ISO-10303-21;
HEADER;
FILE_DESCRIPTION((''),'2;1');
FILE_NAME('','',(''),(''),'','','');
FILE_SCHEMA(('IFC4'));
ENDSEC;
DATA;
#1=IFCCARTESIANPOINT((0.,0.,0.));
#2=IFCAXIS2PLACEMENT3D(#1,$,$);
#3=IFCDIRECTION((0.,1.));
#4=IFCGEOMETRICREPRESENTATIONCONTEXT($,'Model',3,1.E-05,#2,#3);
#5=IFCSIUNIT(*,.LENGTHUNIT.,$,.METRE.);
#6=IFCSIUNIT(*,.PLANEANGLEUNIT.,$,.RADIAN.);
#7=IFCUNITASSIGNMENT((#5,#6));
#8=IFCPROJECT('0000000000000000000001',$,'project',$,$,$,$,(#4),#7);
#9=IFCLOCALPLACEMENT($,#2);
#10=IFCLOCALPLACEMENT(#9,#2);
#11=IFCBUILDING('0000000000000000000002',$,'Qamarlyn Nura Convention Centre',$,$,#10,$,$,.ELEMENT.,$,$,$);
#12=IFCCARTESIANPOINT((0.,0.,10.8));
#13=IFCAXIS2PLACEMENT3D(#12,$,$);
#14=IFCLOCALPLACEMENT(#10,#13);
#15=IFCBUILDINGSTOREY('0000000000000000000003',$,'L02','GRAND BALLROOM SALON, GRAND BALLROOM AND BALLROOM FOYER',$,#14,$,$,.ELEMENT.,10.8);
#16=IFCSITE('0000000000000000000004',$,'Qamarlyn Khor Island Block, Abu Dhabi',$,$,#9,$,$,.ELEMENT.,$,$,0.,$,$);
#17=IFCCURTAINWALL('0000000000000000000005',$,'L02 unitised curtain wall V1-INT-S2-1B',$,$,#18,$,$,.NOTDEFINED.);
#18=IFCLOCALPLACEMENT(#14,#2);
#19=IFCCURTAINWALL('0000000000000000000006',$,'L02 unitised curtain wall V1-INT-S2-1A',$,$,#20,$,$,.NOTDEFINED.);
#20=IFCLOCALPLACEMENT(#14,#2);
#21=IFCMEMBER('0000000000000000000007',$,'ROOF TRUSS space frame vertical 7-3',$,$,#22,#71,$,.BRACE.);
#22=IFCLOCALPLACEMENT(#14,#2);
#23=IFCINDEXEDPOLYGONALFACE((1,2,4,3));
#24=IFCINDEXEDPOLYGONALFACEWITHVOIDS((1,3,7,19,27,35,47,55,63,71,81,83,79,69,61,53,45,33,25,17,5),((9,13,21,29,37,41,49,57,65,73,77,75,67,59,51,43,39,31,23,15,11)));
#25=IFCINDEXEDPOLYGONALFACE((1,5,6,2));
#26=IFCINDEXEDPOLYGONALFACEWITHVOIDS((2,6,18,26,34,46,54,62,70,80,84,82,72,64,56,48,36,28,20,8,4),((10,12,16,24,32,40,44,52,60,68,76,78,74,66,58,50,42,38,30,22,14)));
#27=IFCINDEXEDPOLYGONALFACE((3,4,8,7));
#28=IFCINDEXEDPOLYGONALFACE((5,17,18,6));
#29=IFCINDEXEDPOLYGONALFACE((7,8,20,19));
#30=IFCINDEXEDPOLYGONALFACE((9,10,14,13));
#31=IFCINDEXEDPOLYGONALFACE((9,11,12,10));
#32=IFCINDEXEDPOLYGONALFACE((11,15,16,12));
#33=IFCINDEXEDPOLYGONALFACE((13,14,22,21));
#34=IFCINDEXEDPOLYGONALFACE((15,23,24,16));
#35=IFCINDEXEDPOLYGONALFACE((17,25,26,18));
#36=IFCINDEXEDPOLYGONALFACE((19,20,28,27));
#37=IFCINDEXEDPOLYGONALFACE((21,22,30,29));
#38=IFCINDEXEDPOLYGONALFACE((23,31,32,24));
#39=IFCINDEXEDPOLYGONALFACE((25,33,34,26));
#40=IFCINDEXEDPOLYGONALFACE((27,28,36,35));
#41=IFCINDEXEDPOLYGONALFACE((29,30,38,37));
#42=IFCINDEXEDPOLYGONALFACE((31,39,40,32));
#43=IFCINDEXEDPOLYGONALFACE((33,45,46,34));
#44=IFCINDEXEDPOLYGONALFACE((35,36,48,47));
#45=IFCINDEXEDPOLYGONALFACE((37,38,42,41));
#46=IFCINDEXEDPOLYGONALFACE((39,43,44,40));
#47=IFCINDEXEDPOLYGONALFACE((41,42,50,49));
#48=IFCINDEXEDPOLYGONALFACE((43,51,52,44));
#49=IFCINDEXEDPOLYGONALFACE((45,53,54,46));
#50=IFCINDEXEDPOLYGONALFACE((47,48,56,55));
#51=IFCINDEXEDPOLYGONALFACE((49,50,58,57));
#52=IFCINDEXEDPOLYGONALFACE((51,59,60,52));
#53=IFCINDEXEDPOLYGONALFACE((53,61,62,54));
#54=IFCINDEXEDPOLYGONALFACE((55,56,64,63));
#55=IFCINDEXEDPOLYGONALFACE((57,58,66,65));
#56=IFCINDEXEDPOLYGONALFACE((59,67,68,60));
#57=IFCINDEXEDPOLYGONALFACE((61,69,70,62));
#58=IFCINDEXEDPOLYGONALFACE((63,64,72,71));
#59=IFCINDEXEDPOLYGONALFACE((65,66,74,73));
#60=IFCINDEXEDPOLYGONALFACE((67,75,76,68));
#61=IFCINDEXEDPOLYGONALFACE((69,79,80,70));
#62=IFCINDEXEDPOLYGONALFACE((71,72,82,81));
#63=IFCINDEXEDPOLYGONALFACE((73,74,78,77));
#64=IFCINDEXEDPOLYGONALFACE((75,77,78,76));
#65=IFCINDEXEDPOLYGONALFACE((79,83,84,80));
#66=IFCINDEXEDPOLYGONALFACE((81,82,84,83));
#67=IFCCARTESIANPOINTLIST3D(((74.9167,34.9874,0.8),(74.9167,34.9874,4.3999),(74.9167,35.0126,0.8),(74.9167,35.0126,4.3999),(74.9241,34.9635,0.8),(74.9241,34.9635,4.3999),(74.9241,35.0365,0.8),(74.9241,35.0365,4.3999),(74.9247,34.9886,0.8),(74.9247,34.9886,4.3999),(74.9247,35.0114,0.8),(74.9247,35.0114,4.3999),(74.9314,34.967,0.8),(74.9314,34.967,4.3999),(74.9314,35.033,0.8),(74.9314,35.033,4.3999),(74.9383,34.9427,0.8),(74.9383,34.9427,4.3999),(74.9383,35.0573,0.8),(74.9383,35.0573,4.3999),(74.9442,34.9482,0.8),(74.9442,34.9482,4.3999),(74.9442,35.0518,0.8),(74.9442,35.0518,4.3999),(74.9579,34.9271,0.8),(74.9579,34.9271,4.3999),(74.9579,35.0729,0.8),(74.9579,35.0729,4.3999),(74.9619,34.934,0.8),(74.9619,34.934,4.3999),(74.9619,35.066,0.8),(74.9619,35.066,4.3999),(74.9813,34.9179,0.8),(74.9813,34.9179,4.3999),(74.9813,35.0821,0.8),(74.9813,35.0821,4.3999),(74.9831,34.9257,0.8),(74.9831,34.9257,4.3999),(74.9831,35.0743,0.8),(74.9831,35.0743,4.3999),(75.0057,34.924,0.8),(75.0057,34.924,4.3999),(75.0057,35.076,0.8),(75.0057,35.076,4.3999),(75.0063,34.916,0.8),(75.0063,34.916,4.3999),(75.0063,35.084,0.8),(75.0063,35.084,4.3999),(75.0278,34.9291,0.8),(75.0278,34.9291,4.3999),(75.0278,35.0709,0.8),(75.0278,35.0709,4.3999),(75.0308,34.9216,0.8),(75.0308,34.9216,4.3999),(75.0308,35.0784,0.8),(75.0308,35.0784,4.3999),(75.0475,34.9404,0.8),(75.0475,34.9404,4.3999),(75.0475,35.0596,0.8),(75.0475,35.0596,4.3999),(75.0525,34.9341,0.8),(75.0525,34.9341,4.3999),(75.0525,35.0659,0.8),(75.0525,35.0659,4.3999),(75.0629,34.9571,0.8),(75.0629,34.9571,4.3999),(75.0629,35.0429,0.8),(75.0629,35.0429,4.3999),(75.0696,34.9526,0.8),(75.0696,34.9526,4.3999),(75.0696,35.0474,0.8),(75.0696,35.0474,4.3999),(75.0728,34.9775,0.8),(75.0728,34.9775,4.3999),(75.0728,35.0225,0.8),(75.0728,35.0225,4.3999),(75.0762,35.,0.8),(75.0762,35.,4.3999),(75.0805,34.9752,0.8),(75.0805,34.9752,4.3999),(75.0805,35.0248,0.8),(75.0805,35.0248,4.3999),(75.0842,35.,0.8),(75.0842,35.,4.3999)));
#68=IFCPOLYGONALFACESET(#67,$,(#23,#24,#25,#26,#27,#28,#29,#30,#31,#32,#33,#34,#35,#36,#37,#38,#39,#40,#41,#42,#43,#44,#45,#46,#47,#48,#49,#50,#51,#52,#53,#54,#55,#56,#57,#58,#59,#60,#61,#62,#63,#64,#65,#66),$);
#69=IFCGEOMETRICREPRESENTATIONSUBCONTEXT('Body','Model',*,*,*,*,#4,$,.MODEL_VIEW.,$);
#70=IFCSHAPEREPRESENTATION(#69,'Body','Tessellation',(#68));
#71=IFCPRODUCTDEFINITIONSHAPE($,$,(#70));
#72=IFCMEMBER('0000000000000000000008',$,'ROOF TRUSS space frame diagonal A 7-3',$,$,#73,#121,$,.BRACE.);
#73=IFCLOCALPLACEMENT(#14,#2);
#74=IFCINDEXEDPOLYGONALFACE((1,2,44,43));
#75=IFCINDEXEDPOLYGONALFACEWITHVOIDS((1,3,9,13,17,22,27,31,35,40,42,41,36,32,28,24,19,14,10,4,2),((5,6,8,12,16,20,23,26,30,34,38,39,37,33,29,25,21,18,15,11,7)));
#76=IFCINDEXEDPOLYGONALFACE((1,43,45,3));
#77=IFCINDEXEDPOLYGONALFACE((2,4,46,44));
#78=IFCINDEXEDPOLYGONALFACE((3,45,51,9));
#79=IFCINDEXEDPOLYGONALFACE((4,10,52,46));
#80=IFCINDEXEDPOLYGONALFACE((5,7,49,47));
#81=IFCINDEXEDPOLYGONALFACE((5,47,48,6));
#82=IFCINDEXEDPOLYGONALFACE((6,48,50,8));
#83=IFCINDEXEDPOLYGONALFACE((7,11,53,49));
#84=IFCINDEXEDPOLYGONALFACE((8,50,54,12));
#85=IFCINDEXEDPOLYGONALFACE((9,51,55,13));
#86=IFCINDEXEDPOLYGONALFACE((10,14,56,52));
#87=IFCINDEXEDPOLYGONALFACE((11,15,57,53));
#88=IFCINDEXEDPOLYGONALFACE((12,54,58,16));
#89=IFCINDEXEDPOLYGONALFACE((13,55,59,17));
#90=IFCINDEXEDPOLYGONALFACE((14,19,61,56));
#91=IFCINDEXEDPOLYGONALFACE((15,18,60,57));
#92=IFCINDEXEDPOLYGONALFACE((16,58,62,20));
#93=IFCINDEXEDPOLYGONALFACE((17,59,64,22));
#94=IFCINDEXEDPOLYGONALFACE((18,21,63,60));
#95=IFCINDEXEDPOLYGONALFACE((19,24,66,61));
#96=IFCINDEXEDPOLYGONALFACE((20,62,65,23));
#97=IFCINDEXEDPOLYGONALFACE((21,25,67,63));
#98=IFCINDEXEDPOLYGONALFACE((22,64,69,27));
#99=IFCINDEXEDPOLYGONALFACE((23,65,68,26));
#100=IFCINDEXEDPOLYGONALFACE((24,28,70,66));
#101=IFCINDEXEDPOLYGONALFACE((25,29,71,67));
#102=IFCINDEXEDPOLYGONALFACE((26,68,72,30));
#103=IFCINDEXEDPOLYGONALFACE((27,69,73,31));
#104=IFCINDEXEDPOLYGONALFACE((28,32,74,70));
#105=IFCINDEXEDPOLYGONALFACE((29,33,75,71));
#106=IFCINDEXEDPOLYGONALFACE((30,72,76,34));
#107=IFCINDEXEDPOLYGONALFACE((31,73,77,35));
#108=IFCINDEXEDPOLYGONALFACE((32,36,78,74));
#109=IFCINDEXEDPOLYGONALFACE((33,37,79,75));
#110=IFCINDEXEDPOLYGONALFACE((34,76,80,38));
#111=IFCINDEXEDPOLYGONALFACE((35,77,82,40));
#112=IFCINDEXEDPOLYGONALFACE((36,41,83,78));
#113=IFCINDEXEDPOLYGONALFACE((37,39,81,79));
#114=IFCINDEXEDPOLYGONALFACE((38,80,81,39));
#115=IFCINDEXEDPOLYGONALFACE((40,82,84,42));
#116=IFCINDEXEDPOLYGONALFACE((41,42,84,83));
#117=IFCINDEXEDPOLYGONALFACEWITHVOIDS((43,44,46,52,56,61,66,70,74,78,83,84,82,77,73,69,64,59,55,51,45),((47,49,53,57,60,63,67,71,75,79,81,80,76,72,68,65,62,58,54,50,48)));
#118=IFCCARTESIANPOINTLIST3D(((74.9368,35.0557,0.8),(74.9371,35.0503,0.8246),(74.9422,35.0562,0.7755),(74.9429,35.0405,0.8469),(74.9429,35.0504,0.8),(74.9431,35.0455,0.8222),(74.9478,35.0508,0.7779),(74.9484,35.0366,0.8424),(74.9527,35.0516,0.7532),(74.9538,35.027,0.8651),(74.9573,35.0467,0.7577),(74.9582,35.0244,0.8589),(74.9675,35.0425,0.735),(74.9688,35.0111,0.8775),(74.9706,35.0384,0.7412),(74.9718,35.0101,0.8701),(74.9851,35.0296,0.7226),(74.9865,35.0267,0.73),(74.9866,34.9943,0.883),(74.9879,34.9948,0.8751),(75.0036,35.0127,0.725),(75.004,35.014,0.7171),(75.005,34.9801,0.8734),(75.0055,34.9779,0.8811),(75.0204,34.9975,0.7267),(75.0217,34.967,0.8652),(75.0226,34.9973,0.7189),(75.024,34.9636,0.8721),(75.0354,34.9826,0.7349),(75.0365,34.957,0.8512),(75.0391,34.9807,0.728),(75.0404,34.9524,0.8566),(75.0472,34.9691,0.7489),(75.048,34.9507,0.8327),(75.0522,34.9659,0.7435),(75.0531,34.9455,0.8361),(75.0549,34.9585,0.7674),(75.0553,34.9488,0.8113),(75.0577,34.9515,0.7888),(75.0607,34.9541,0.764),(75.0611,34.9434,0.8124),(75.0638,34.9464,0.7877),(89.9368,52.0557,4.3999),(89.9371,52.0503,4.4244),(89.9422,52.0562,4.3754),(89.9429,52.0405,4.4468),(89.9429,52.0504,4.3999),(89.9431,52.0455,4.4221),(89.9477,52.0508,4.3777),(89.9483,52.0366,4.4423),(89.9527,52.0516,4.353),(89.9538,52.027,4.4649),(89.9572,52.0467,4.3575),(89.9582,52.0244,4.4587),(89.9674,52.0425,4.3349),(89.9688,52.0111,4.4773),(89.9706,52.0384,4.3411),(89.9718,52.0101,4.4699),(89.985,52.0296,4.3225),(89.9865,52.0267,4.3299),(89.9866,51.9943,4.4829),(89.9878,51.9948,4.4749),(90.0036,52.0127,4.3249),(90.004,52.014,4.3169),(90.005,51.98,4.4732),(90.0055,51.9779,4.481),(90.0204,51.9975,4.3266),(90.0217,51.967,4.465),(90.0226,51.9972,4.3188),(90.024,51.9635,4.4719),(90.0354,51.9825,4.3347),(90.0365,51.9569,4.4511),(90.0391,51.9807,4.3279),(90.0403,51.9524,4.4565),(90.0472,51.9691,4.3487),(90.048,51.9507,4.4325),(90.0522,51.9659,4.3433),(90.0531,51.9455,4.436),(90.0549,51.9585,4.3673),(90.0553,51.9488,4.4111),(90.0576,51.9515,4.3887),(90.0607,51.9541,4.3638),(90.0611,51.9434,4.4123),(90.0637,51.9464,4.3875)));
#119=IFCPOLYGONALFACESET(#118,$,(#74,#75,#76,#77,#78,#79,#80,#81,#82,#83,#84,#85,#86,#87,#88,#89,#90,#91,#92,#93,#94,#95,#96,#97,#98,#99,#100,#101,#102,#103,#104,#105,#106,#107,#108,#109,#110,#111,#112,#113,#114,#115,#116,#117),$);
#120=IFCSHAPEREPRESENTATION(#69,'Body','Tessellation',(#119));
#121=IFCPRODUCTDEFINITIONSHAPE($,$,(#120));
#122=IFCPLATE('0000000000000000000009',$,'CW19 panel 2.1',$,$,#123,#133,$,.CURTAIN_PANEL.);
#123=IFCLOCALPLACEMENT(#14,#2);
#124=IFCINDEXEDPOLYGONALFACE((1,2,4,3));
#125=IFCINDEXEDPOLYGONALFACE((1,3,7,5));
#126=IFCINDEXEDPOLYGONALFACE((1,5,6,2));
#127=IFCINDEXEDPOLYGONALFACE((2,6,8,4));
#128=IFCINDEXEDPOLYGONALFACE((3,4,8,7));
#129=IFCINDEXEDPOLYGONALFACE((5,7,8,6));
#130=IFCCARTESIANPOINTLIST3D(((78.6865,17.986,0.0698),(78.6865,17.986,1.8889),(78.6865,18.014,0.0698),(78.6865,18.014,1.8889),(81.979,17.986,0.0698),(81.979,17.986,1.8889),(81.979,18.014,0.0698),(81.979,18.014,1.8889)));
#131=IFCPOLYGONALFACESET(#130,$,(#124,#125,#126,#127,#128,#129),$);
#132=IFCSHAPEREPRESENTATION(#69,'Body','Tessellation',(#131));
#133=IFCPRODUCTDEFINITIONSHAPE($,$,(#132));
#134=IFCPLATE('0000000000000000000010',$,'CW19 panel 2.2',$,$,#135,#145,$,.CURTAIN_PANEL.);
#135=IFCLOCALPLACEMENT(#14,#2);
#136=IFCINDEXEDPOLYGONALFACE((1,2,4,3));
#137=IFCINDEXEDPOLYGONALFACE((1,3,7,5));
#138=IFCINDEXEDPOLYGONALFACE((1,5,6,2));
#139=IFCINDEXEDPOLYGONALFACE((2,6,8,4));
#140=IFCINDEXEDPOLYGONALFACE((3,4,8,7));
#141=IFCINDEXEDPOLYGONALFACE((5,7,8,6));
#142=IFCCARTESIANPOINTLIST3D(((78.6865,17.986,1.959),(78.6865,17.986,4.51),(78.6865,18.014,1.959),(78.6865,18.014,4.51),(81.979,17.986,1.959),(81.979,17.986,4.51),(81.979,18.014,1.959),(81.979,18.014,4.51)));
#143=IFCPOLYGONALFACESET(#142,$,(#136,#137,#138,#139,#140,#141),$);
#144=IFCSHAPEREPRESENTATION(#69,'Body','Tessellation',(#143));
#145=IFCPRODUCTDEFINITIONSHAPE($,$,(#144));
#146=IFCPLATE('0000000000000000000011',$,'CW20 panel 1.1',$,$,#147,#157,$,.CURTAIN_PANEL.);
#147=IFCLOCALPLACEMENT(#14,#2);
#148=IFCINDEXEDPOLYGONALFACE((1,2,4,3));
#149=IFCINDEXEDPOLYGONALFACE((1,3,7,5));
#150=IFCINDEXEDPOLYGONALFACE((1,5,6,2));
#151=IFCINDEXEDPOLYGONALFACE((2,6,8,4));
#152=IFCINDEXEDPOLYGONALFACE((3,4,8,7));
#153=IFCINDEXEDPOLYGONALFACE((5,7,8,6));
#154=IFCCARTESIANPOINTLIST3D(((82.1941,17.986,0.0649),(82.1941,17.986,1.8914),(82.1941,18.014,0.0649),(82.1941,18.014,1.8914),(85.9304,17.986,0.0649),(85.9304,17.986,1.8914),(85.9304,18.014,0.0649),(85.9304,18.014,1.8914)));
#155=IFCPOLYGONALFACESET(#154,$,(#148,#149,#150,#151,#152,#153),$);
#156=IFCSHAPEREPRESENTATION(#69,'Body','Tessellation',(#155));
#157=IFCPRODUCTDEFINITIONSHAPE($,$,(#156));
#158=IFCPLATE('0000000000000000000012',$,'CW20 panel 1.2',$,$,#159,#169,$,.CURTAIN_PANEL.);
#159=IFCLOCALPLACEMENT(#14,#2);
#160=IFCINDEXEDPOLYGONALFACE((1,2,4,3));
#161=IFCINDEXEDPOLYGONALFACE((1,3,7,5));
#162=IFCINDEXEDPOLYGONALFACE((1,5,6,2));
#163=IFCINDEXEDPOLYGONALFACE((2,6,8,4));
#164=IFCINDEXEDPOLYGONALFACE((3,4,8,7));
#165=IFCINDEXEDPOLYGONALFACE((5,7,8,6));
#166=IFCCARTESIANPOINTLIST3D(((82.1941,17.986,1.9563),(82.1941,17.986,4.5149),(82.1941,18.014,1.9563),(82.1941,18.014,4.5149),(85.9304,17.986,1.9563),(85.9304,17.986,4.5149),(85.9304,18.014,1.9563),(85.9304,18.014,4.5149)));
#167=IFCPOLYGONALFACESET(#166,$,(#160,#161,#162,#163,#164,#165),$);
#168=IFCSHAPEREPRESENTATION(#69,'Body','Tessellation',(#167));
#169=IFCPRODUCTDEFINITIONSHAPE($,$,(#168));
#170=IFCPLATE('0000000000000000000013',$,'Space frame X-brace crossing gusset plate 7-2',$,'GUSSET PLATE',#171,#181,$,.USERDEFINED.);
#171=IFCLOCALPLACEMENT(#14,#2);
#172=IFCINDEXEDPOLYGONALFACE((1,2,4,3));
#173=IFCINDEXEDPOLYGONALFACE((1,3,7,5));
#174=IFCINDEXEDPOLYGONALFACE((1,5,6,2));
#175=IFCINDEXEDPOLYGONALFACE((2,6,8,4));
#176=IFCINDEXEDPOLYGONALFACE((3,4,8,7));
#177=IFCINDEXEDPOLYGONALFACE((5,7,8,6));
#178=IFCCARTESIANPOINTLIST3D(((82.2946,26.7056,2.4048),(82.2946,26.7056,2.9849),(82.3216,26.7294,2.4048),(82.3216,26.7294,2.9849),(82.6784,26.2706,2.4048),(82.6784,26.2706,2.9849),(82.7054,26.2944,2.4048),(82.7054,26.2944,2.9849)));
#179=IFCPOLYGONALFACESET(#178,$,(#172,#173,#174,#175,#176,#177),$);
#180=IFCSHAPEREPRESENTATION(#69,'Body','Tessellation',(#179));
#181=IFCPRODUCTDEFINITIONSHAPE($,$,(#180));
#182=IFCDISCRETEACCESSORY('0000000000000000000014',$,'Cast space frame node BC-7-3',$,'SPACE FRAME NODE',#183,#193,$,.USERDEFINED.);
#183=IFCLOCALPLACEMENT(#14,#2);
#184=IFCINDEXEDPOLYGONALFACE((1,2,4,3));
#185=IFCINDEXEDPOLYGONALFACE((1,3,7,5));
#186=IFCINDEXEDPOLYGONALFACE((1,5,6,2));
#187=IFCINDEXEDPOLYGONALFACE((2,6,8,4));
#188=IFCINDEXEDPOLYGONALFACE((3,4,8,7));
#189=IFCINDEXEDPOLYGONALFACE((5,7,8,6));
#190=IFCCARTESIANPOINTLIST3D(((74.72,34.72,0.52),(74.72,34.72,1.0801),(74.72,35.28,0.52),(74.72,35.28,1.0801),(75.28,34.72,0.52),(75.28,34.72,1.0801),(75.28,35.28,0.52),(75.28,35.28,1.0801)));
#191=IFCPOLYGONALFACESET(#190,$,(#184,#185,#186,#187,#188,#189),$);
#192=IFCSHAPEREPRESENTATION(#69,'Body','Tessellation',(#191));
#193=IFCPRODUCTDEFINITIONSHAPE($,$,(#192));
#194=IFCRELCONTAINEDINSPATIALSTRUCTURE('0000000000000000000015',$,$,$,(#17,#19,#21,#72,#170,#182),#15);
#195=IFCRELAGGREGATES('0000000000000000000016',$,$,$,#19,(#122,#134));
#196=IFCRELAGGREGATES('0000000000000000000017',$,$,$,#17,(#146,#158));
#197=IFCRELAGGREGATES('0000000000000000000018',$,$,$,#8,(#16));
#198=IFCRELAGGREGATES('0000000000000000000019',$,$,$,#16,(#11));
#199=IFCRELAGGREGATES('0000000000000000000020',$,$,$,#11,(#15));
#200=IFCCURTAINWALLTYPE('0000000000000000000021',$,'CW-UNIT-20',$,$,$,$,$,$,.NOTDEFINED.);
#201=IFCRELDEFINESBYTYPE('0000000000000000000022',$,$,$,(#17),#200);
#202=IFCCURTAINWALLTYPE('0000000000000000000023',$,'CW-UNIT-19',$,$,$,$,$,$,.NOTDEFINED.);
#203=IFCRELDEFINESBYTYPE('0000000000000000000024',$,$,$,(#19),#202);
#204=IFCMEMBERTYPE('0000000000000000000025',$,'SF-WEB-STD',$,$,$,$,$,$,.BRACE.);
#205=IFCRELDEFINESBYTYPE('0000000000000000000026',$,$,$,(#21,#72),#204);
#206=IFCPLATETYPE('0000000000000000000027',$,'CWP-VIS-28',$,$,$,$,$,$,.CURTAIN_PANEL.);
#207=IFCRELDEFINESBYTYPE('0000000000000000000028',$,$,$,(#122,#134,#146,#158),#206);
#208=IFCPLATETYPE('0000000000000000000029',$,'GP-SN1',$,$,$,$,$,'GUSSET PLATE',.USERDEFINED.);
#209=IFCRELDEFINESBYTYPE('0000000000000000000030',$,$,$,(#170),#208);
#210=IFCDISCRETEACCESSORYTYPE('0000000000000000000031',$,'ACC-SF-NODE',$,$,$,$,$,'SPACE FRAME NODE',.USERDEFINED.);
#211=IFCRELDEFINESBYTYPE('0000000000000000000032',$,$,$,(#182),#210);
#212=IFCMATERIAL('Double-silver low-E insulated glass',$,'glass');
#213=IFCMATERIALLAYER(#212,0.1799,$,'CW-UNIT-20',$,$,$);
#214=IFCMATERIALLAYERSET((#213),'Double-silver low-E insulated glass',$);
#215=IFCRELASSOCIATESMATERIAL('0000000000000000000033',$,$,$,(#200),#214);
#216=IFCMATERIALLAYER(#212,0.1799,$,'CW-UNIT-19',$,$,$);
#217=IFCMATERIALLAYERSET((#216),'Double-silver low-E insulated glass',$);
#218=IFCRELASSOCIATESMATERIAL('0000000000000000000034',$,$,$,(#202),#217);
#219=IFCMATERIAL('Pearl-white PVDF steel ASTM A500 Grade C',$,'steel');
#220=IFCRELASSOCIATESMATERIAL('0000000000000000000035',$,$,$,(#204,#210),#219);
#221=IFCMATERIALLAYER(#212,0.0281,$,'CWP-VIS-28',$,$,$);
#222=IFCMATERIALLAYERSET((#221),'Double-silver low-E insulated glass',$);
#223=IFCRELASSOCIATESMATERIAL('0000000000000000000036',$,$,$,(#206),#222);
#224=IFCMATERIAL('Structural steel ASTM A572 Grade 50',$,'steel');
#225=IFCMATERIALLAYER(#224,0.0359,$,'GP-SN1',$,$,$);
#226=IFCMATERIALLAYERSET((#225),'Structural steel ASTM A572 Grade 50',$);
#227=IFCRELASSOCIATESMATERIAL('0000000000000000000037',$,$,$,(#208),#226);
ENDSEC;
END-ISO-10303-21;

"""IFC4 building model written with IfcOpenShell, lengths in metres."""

from ifc_helpers import new_model, si_unit, direction, frame, origin, origin_2d, place, context, subcontext, project, spatial, rectangle, hollow_circle, extrude, material, layer, layer_set, material_profile, profile_set, type_object, element, aggregate, save


model = new_model("IFC4")

# Units and contexts
model_context = context("Model", 3, precision=1e-05, world=origin(), true_north=direction((0.0, 1.0)))
body_context = subcontext(model_context, "Body", "Model", "MODEL_VIEW")
ifc_project = project(units=[si_unit("LENGTHUNIT", "METRE"), si_unit("PLANEANGLEUNIT", "RADIAN")], contexts=[model_context])

# Site, building, storey
site_placement = place(None, origin())
site = spatial("IfcSite", under=ifc_project, at=site_placement, Name="Qamarlyn Khor Island Block, Abu Dhabi", CompositionType="ELEMENT", RefElevation=0.0)
building_placement = place(site_placement, origin())
building = spatial("IfcBuilding", under=site, at=building_placement, Name="Qamarlyn Nura Convention Centre", CompositionType="ELEMENT")
storey_placement = place(building_placement, frame((0.0, 0.0, 10.8)))
storey = spatial("IfcBuildingStorey", under=building, at=storey_placement, Name="L02", Description="GRAND BALLROOM SALON, GRAND BALLROOM AND BALLROOM FOYER", CompositionType="ELEMENT", Elevation=10.8)

# Curtain wall
ifc_material_1 = material(Name="Double-silver low-E insulated glass", Category="glass")
ifc_layer_1 = layer(ifc_material_1, 0.1799, Name="CW-UNIT-20")
ifc_layer_set_1 = layer_set([ifc_layer_1], Name="Double-silver low-E insulated glass")
curtain_wall_type_1 = type_object("IfcCurtainWallType", Name="CW-UNIT-20", PredefinedType="NOTDEFINED", material=ifc_layer_set_1)
curtain_wall_1_placement = place(storey_placement, origin())
curtain_wall_1 = element("IfcCurtainWall", 1, at=curtain_wall_1_placement, inside=storey, type_object=curtain_wall_type_1, Name="L02 unitised curtain wall V1-INT-S2-1B", PredefinedType="NOTDEFINED")

# Curtain wall
ifc_layer_2 = layer(ifc_material_1, 0.1799, Name="CW-UNIT-19")
ifc_layer_set_2 = layer_set([ifc_layer_2], Name="Double-silver low-E insulated glass")
curtain_wall_type_2 = type_object("IfcCurtainWallType", Name="CW-UNIT-19", PredefinedType="NOTDEFINED", material=ifc_layer_set_2)
curtain_wall_2_placement = place(storey_placement, origin())
curtain_wall_2 = element("IfcCurtainWall", 2, at=curtain_wall_2_placement, inside=storey, type_object=curtain_wall_type_2, Name="L02 unitised curtain wall V1-INT-S2-1A", PredefinedType="NOTDEFINED")

# Members
ifc_material_2 = material(Name="Pearl-white PVDF steel ASTM A500 Grade C", Category="steel")
ifc_material_profile_1 = material_profile(ifc_material_2, hollow_circle(Radius=0.0842, WallThickness=0.0081, at=origin_2d()), Name="CHS168.3X8")
ifc_profile_set_1 = profile_set([ifc_material_profile_1], Name="Pearl-white PVDF steel ASTM A500 Grade C")
member_type_1 = type_object("IfcMemberType", Name="SF-WEB-STD", PredefinedType="BRACE", material=ifc_profile_set_1)
member_1_placement = place(storey_placement, frame((75.0, 35.0, 0.8), z_axis=(0.0, 0.0, 1.0), x_axis=(1.0, 0.0, 0.0)))
element("IfcMember", 3, at=member_1_placement, inside=storey, type_object=member_type_1, Name="ROOF TRUSS space frame vertical 7-3", PredefinedType="BRACE", context=body_context, shape_type="SweptSolid", body=[
    extrude(hollow_circle(Radius=0.0842, WallThickness=0.0081, at=origin_2d()), origin(), (0.0, 0.0, 1.0), 3.5999),
])
member_2_placement = place(storey_placement, frame((75.0, 35.0, 0.8), z_axis=(0.653436, 0.74056, 0.156818), x_axis=(-0.749838, 0.661622, 0.0)))
element("IfcMember", 4, at=member_2_placement, inside=storey, type_object=member_type_1, Name="ROOF TRUSS space frame diagonal A 7-3", PredefinedType="BRACE", context=body_context, shape_type="SweptSolid", body=[
    extrude(hollow_circle(Radius=0.0842, WallThickness=0.0081, at=origin_2d()), origin(), (0.0, 0.0, 1.0), 22.9556),
])

# Plates
ifc_layer_3 = layer(ifc_material_1, 0.0281, Name="CWP-VIS-28")
ifc_layer_set_3 = layer_set([ifc_layer_3], Name="Double-silver low-E insulated glass")
plate_type_1 = type_object("IfcPlateType", Name="CWP-VIS-28", PredefinedType="CURTAIN_PANEL", material=ifc_layer_set_3)
plate_1_placement = place(storey_placement, frame((80.3328, 18.0, 0.0698), z_axis=(0.0, 0.0, 1.0), x_axis=(1.0, 0.0, 0.0)))
plate_1 = element("IfcPlate", 5, at=plate_1_placement, type_object=plate_type_1, Name="CW19 panel 2.1", PredefinedType="CURTAIN_PANEL", context=body_context, shape_type="SweptSolid", body=[
    extrude(rectangle(XDim=3.2925, YDim=0.0281, at=origin_2d()), origin(), (0.0, 0.0, 1.0), 1.8191),
])
plate_2_placement = place(storey_placement, frame((80.3328, 18.0, 1.959), z_axis=(0.0, 0.0, 1.0), x_axis=(1.0, 0.0, 0.0)))
plate_2 = element("IfcPlate", 6, at=plate_2_placement, type_object=plate_type_1, Name="CW19 panel 2.2", PredefinedType="CURTAIN_PANEL", context=body_context, shape_type="SweptSolid", body=[
    extrude(rectangle(XDim=3.2925, YDim=0.0281, at=origin_2d()), origin(), (0.0, 0.0, 1.0), 2.551),
])
aggregate(curtain_wall_2, [plate_1, plate_2])
plate_3_placement = place(storey_placement, frame((84.0623, 18.0, 0.0649), z_axis=(0.0, 0.0, 1.0), x_axis=(1.0, 0.0, 0.0)))
plate_3 = element("IfcPlate", 7, at=plate_3_placement, type_object=plate_type_1, Name="CW20 panel 1.1", PredefinedType="CURTAIN_PANEL", context=body_context, shape_type="SweptSolid", body=[
    extrude(rectangle(XDim=3.7363, YDim=0.0281, at=origin_2d()), origin(), (0.0, 0.0, 1.0), 1.8264),
])
plate_4_placement = place(storey_placement, frame((84.0623, 18.0, 1.9563), z_axis=(0.0, 0.0, 1.0), x_axis=(1.0, 0.0, 0.0)))
plate_4 = element("IfcPlate", 8, at=plate_4_placement, type_object=plate_type_1, Name="CW20 panel 1.2", PredefinedType="CURTAIN_PANEL", context=body_context, shape_type="SweptSolid", body=[
    extrude(rectangle(XDim=3.7363, YDim=0.0281, at=origin_2d()), origin(), (0.0, 0.0, 1.0), 2.5586),
])
aggregate(curtain_wall_1, [plate_3, plate_4])
ifc_material_3 = material(Name="Structural steel ASTM A572 Grade 50", Category="steel")
ifc_layer_4 = layer(ifc_material_3, 0.0359, Name="GP-SN1")
ifc_layer_set_4 = layer_set([ifc_layer_4], Name="Structural steel ASTM A572 Grade 50")
plate_type_2 = type_object("IfcPlateType", Name="GP-SN1", ElementType="GUSSET PLATE", PredefinedType="USERDEFINED", material=ifc_layer_set_4)
plate_5_placement = place(storey_placement, frame((82.5, 26.5, 2.4048), z_axis=(0.0, 0.0, 1.0), x_axis=(-0.661622, 0.749837, 0.0)))
element("IfcPlate", 9, at=plate_5_placement, inside=storey, type_object=plate_type_2, Name="Space frame X-brace crossing gusset plate 7-2", ObjectType="GUSSET PLATE", PredefinedType="USERDEFINED", context=body_context, shape_type="SweptSolid", body=[
    extrude(rectangle(XDim=0.5801, YDim=0.0359, at=origin_2d()), origin(), (0.0, 0.0, 1.0), 0.5801),
])

# Discrete accessory
discrete_accessory_type = type_object("IfcDiscreteAccessoryType", Name="ACC-SF-NODE", ElementType="SPACE FRAME NODE", PredefinedType="USERDEFINED", material=ifc_material_2)
discrete_accessory_placement = place(storey_placement, frame((75.0, 35.0, 0.52), z_axis=(0.0, 0.0, 1.0), x_axis=(1.0, 0.0, 0.0)))
element("IfcDiscreteAccessory", 10, at=discrete_accessory_placement, inside=storey, type_object=discrete_accessory_type, Name="Cast space frame node BC-7-3", ObjectType="SPACE FRAME NODE", PredefinedType="USERDEFINED", context=body_context, shape_type="SweptSolid", body=[
    extrude(rectangle(XDim=0.5601, YDim=0.5601, at=origin_2d()), origin(), (0.0, 0.0, 1.0), 0.5601),
])

save(model, "model.ifc")
